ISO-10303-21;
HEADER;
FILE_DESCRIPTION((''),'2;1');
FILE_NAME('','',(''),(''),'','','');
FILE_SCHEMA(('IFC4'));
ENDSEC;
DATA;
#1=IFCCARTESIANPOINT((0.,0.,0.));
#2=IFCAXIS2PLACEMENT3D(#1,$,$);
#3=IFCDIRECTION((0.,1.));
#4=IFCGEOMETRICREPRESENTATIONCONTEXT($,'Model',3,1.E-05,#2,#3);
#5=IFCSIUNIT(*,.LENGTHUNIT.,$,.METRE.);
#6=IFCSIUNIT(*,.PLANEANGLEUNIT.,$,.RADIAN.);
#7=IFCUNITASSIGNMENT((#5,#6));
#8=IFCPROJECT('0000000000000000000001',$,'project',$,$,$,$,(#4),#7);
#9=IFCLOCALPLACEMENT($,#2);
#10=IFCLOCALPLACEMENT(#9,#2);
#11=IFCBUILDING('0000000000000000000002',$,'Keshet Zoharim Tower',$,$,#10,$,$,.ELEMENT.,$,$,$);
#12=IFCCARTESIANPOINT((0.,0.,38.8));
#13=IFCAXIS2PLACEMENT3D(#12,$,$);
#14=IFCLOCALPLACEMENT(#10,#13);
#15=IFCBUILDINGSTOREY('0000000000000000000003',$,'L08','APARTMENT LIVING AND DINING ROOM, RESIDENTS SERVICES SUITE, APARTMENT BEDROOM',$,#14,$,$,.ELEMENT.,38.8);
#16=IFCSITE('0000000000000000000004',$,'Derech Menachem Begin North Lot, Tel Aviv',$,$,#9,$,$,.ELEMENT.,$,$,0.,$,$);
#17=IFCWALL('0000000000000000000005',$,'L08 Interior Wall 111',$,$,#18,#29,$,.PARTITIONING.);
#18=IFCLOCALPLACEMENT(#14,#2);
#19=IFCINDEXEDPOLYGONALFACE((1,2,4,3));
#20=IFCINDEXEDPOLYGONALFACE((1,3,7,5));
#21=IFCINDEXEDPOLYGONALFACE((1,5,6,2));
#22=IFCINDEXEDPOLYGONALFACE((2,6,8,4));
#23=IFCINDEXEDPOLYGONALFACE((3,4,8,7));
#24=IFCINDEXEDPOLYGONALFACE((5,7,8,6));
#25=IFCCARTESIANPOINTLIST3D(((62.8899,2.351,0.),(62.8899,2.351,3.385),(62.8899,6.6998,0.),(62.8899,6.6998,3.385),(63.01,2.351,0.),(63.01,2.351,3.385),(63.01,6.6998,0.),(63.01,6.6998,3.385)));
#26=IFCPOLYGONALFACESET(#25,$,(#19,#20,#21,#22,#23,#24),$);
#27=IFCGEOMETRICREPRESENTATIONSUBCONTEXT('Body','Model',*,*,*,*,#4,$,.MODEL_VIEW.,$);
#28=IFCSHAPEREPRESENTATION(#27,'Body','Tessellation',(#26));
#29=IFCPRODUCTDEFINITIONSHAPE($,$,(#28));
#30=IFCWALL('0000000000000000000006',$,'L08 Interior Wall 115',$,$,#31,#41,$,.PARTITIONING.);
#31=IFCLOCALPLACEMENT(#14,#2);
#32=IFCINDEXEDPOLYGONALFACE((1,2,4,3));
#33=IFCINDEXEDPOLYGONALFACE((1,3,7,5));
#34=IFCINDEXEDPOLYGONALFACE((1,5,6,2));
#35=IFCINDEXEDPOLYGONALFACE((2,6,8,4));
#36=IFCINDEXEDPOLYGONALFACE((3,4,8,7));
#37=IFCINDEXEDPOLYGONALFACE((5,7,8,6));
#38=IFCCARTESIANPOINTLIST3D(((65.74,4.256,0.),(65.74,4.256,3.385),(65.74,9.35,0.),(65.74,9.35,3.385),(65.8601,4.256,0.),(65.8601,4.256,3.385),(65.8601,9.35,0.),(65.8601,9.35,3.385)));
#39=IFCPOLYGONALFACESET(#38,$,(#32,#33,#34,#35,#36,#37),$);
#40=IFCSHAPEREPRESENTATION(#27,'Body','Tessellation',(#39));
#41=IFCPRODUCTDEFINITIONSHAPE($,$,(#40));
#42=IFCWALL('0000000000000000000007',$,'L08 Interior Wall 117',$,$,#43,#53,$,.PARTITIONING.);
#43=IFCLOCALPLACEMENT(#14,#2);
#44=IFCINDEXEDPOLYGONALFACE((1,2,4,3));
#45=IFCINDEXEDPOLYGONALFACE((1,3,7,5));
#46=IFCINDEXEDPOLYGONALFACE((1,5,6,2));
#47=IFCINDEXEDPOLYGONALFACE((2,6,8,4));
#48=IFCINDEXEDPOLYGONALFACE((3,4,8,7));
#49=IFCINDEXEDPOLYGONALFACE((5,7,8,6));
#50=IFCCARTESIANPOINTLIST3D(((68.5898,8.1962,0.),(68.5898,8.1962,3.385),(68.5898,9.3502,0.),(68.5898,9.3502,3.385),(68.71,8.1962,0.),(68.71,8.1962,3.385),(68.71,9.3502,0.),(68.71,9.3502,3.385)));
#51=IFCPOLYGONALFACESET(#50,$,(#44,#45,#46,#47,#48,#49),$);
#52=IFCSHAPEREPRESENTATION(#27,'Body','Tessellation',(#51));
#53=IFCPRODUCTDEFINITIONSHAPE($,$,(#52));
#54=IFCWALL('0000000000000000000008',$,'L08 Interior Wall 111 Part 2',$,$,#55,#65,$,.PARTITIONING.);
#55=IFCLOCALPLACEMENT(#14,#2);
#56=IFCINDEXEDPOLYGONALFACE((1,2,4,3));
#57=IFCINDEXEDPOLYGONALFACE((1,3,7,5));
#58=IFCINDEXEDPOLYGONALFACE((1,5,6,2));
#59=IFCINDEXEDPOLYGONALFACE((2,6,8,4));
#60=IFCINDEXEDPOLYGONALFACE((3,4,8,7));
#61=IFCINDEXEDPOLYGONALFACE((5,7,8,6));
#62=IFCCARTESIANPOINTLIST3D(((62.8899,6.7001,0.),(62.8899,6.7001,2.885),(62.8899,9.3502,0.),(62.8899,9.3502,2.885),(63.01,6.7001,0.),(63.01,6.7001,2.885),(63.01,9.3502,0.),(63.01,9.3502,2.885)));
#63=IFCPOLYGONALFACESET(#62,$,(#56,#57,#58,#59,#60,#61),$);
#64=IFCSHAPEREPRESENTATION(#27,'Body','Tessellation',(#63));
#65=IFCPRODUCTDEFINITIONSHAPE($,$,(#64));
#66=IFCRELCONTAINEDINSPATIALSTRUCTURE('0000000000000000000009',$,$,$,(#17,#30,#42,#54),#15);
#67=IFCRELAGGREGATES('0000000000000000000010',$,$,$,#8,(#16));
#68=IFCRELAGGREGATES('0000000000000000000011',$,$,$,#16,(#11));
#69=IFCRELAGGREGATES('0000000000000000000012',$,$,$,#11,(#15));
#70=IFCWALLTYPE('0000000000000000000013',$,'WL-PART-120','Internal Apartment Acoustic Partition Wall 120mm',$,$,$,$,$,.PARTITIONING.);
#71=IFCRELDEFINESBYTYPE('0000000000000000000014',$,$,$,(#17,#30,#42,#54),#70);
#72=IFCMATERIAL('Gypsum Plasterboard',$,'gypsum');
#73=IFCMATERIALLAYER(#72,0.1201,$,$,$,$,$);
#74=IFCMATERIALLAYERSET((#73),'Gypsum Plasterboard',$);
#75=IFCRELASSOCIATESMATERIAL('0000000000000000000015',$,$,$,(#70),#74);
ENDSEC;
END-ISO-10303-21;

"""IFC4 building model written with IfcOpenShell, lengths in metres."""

from ifc_helpers import new_model, si_unit, direction, frame, frame_2d, origin, place, context, subcontext, project, spatial, rectangle, extrude, material, layer, layer_set, type_object, element, save


model = new_model("IFC4")

# Units and contexts
model_context = context("Model", 3, precision=1e-05, world=origin(), true_north=direction((0.0, 1.0)))
body_context = subcontext(model_context, "Body", "Model", "MODEL_VIEW")
ifc_project = project(units=[si_unit("LENGTHUNIT", "METRE"), si_unit("PLANEANGLEUNIT", "RADIAN")], contexts=[model_context])

# Site, building, storey
site_placement = place(None, origin())
site = spatial("IfcSite", under=ifc_project, at=site_placement, Name="Derech Menachem Begin North Lot, Tel Aviv", CompositionType="ELEMENT", RefElevation=0.0)
building_placement = place(site_placement, origin())
building = spatial("IfcBuilding", under=site, at=building_placement, Name="Keshet Zoharim Tower", CompositionType="ELEMENT")
storey_placement = place(building_placement, frame((0.0, 0.0, 38.8)))
storey = spatial("IfcBuildingStorey", under=building, at=storey_placement, Name="L08", Description="APARTMENT LIVING AND DINING ROOM, RESIDENTS SERVICES SUITE, APARTMENT BEDROOM", CompositionType="ELEMENT", Elevation=38.8)

# Walls
ifc_material_1 = material(Name="Gypsum Plasterboard", Category="gypsum")
ifc_layer_1 = layer(ifc_material_1, 0.1201)
ifc_layer_set_1 = layer_set([ifc_layer_1], Name="Gypsum Plasterboard")
wall_type = type_object("IfcWallType", Name="WL-PART-120", Description="Internal Apartment Acoustic Partition Wall 120mm", PredefinedType="PARTITIONING", material=ifc_layer_set_1)
wall_1_placement = place(storey_placement, frame((62.95, 2.3511, 0.0), z_axis=(0.0, 0.0, 1.0), x_axis=(0.0, 1.0, 0.0)))
element("IfcWall", 1, at=wall_1_placement, inside=storey, type_object=wall_type, Name="L08 Interior Wall 111", PredefinedType="PARTITIONING", context=body_context, shape_type="SweptSolid", body=[
    extrude(rectangle(XDim=4.3489, YDim=0.1201, at=frame_2d((2.1743, 0.0))), origin(), (0.0, 0.0, 1.0), 3.385),
])
wall_2_placement = place(storey_placement, frame((65.8, 4.2561, 0.0), z_axis=(0.0, 0.0, 1.0), x_axis=(0.0, 1.0, 0.0)))
element("IfcWall", 2, at=wall_2_placement, inside=storey, type_object=wall_type, Name="L08 Interior Wall 115", PredefinedType="PARTITIONING", context=body_context, shape_type="SweptSolid", body=[
    extrude(rectangle(XDim=5.094, YDim=0.1201, at=frame_2d((2.5469, 0.0))), origin(), (0.0, 0.0, 1.0), 3.385),
])
wall_3_placement = place(storey_placement, frame((68.6499, 8.196, 0.0), z_axis=(0.0, 0.0, 1.0), x_axis=(0.0, 1.0, 0.0)))
element("IfcWall", 3, at=wall_3_placement, inside=storey, type_object=wall_type, Name="L08 Interior Wall 117", PredefinedType="PARTITIONING", context=body_context, shape_type="SweptSolid", body=[
    extrude(rectangle(XDim=1.1541, YDim=0.1201, at=frame_2d((0.5771, 0.0))), origin(), (0.0, 0.0, 1.0), 3.385),
])
wall_4_placement = place(storey_placement, frame((62.95, 6.7, 0.0), z_axis=(0.0, 0.0, 1.0), x_axis=(0.0, 1.0, 0.0)))
element("IfcWall", 4, at=wall_4_placement, inside=storey, type_object=wall_type, Name="L08 Interior Wall 111 Part 2", PredefinedType="PARTITIONING", context=body_context, shape_type="SweptSolid", body=[
    extrude(rectangle(XDim=2.6501, YDim=0.1201, at=frame_2d((1.3252, 0.0))), origin(), (0.0, 0.0, 1.0), 2.885),
])

save(model, "model.ifc")
